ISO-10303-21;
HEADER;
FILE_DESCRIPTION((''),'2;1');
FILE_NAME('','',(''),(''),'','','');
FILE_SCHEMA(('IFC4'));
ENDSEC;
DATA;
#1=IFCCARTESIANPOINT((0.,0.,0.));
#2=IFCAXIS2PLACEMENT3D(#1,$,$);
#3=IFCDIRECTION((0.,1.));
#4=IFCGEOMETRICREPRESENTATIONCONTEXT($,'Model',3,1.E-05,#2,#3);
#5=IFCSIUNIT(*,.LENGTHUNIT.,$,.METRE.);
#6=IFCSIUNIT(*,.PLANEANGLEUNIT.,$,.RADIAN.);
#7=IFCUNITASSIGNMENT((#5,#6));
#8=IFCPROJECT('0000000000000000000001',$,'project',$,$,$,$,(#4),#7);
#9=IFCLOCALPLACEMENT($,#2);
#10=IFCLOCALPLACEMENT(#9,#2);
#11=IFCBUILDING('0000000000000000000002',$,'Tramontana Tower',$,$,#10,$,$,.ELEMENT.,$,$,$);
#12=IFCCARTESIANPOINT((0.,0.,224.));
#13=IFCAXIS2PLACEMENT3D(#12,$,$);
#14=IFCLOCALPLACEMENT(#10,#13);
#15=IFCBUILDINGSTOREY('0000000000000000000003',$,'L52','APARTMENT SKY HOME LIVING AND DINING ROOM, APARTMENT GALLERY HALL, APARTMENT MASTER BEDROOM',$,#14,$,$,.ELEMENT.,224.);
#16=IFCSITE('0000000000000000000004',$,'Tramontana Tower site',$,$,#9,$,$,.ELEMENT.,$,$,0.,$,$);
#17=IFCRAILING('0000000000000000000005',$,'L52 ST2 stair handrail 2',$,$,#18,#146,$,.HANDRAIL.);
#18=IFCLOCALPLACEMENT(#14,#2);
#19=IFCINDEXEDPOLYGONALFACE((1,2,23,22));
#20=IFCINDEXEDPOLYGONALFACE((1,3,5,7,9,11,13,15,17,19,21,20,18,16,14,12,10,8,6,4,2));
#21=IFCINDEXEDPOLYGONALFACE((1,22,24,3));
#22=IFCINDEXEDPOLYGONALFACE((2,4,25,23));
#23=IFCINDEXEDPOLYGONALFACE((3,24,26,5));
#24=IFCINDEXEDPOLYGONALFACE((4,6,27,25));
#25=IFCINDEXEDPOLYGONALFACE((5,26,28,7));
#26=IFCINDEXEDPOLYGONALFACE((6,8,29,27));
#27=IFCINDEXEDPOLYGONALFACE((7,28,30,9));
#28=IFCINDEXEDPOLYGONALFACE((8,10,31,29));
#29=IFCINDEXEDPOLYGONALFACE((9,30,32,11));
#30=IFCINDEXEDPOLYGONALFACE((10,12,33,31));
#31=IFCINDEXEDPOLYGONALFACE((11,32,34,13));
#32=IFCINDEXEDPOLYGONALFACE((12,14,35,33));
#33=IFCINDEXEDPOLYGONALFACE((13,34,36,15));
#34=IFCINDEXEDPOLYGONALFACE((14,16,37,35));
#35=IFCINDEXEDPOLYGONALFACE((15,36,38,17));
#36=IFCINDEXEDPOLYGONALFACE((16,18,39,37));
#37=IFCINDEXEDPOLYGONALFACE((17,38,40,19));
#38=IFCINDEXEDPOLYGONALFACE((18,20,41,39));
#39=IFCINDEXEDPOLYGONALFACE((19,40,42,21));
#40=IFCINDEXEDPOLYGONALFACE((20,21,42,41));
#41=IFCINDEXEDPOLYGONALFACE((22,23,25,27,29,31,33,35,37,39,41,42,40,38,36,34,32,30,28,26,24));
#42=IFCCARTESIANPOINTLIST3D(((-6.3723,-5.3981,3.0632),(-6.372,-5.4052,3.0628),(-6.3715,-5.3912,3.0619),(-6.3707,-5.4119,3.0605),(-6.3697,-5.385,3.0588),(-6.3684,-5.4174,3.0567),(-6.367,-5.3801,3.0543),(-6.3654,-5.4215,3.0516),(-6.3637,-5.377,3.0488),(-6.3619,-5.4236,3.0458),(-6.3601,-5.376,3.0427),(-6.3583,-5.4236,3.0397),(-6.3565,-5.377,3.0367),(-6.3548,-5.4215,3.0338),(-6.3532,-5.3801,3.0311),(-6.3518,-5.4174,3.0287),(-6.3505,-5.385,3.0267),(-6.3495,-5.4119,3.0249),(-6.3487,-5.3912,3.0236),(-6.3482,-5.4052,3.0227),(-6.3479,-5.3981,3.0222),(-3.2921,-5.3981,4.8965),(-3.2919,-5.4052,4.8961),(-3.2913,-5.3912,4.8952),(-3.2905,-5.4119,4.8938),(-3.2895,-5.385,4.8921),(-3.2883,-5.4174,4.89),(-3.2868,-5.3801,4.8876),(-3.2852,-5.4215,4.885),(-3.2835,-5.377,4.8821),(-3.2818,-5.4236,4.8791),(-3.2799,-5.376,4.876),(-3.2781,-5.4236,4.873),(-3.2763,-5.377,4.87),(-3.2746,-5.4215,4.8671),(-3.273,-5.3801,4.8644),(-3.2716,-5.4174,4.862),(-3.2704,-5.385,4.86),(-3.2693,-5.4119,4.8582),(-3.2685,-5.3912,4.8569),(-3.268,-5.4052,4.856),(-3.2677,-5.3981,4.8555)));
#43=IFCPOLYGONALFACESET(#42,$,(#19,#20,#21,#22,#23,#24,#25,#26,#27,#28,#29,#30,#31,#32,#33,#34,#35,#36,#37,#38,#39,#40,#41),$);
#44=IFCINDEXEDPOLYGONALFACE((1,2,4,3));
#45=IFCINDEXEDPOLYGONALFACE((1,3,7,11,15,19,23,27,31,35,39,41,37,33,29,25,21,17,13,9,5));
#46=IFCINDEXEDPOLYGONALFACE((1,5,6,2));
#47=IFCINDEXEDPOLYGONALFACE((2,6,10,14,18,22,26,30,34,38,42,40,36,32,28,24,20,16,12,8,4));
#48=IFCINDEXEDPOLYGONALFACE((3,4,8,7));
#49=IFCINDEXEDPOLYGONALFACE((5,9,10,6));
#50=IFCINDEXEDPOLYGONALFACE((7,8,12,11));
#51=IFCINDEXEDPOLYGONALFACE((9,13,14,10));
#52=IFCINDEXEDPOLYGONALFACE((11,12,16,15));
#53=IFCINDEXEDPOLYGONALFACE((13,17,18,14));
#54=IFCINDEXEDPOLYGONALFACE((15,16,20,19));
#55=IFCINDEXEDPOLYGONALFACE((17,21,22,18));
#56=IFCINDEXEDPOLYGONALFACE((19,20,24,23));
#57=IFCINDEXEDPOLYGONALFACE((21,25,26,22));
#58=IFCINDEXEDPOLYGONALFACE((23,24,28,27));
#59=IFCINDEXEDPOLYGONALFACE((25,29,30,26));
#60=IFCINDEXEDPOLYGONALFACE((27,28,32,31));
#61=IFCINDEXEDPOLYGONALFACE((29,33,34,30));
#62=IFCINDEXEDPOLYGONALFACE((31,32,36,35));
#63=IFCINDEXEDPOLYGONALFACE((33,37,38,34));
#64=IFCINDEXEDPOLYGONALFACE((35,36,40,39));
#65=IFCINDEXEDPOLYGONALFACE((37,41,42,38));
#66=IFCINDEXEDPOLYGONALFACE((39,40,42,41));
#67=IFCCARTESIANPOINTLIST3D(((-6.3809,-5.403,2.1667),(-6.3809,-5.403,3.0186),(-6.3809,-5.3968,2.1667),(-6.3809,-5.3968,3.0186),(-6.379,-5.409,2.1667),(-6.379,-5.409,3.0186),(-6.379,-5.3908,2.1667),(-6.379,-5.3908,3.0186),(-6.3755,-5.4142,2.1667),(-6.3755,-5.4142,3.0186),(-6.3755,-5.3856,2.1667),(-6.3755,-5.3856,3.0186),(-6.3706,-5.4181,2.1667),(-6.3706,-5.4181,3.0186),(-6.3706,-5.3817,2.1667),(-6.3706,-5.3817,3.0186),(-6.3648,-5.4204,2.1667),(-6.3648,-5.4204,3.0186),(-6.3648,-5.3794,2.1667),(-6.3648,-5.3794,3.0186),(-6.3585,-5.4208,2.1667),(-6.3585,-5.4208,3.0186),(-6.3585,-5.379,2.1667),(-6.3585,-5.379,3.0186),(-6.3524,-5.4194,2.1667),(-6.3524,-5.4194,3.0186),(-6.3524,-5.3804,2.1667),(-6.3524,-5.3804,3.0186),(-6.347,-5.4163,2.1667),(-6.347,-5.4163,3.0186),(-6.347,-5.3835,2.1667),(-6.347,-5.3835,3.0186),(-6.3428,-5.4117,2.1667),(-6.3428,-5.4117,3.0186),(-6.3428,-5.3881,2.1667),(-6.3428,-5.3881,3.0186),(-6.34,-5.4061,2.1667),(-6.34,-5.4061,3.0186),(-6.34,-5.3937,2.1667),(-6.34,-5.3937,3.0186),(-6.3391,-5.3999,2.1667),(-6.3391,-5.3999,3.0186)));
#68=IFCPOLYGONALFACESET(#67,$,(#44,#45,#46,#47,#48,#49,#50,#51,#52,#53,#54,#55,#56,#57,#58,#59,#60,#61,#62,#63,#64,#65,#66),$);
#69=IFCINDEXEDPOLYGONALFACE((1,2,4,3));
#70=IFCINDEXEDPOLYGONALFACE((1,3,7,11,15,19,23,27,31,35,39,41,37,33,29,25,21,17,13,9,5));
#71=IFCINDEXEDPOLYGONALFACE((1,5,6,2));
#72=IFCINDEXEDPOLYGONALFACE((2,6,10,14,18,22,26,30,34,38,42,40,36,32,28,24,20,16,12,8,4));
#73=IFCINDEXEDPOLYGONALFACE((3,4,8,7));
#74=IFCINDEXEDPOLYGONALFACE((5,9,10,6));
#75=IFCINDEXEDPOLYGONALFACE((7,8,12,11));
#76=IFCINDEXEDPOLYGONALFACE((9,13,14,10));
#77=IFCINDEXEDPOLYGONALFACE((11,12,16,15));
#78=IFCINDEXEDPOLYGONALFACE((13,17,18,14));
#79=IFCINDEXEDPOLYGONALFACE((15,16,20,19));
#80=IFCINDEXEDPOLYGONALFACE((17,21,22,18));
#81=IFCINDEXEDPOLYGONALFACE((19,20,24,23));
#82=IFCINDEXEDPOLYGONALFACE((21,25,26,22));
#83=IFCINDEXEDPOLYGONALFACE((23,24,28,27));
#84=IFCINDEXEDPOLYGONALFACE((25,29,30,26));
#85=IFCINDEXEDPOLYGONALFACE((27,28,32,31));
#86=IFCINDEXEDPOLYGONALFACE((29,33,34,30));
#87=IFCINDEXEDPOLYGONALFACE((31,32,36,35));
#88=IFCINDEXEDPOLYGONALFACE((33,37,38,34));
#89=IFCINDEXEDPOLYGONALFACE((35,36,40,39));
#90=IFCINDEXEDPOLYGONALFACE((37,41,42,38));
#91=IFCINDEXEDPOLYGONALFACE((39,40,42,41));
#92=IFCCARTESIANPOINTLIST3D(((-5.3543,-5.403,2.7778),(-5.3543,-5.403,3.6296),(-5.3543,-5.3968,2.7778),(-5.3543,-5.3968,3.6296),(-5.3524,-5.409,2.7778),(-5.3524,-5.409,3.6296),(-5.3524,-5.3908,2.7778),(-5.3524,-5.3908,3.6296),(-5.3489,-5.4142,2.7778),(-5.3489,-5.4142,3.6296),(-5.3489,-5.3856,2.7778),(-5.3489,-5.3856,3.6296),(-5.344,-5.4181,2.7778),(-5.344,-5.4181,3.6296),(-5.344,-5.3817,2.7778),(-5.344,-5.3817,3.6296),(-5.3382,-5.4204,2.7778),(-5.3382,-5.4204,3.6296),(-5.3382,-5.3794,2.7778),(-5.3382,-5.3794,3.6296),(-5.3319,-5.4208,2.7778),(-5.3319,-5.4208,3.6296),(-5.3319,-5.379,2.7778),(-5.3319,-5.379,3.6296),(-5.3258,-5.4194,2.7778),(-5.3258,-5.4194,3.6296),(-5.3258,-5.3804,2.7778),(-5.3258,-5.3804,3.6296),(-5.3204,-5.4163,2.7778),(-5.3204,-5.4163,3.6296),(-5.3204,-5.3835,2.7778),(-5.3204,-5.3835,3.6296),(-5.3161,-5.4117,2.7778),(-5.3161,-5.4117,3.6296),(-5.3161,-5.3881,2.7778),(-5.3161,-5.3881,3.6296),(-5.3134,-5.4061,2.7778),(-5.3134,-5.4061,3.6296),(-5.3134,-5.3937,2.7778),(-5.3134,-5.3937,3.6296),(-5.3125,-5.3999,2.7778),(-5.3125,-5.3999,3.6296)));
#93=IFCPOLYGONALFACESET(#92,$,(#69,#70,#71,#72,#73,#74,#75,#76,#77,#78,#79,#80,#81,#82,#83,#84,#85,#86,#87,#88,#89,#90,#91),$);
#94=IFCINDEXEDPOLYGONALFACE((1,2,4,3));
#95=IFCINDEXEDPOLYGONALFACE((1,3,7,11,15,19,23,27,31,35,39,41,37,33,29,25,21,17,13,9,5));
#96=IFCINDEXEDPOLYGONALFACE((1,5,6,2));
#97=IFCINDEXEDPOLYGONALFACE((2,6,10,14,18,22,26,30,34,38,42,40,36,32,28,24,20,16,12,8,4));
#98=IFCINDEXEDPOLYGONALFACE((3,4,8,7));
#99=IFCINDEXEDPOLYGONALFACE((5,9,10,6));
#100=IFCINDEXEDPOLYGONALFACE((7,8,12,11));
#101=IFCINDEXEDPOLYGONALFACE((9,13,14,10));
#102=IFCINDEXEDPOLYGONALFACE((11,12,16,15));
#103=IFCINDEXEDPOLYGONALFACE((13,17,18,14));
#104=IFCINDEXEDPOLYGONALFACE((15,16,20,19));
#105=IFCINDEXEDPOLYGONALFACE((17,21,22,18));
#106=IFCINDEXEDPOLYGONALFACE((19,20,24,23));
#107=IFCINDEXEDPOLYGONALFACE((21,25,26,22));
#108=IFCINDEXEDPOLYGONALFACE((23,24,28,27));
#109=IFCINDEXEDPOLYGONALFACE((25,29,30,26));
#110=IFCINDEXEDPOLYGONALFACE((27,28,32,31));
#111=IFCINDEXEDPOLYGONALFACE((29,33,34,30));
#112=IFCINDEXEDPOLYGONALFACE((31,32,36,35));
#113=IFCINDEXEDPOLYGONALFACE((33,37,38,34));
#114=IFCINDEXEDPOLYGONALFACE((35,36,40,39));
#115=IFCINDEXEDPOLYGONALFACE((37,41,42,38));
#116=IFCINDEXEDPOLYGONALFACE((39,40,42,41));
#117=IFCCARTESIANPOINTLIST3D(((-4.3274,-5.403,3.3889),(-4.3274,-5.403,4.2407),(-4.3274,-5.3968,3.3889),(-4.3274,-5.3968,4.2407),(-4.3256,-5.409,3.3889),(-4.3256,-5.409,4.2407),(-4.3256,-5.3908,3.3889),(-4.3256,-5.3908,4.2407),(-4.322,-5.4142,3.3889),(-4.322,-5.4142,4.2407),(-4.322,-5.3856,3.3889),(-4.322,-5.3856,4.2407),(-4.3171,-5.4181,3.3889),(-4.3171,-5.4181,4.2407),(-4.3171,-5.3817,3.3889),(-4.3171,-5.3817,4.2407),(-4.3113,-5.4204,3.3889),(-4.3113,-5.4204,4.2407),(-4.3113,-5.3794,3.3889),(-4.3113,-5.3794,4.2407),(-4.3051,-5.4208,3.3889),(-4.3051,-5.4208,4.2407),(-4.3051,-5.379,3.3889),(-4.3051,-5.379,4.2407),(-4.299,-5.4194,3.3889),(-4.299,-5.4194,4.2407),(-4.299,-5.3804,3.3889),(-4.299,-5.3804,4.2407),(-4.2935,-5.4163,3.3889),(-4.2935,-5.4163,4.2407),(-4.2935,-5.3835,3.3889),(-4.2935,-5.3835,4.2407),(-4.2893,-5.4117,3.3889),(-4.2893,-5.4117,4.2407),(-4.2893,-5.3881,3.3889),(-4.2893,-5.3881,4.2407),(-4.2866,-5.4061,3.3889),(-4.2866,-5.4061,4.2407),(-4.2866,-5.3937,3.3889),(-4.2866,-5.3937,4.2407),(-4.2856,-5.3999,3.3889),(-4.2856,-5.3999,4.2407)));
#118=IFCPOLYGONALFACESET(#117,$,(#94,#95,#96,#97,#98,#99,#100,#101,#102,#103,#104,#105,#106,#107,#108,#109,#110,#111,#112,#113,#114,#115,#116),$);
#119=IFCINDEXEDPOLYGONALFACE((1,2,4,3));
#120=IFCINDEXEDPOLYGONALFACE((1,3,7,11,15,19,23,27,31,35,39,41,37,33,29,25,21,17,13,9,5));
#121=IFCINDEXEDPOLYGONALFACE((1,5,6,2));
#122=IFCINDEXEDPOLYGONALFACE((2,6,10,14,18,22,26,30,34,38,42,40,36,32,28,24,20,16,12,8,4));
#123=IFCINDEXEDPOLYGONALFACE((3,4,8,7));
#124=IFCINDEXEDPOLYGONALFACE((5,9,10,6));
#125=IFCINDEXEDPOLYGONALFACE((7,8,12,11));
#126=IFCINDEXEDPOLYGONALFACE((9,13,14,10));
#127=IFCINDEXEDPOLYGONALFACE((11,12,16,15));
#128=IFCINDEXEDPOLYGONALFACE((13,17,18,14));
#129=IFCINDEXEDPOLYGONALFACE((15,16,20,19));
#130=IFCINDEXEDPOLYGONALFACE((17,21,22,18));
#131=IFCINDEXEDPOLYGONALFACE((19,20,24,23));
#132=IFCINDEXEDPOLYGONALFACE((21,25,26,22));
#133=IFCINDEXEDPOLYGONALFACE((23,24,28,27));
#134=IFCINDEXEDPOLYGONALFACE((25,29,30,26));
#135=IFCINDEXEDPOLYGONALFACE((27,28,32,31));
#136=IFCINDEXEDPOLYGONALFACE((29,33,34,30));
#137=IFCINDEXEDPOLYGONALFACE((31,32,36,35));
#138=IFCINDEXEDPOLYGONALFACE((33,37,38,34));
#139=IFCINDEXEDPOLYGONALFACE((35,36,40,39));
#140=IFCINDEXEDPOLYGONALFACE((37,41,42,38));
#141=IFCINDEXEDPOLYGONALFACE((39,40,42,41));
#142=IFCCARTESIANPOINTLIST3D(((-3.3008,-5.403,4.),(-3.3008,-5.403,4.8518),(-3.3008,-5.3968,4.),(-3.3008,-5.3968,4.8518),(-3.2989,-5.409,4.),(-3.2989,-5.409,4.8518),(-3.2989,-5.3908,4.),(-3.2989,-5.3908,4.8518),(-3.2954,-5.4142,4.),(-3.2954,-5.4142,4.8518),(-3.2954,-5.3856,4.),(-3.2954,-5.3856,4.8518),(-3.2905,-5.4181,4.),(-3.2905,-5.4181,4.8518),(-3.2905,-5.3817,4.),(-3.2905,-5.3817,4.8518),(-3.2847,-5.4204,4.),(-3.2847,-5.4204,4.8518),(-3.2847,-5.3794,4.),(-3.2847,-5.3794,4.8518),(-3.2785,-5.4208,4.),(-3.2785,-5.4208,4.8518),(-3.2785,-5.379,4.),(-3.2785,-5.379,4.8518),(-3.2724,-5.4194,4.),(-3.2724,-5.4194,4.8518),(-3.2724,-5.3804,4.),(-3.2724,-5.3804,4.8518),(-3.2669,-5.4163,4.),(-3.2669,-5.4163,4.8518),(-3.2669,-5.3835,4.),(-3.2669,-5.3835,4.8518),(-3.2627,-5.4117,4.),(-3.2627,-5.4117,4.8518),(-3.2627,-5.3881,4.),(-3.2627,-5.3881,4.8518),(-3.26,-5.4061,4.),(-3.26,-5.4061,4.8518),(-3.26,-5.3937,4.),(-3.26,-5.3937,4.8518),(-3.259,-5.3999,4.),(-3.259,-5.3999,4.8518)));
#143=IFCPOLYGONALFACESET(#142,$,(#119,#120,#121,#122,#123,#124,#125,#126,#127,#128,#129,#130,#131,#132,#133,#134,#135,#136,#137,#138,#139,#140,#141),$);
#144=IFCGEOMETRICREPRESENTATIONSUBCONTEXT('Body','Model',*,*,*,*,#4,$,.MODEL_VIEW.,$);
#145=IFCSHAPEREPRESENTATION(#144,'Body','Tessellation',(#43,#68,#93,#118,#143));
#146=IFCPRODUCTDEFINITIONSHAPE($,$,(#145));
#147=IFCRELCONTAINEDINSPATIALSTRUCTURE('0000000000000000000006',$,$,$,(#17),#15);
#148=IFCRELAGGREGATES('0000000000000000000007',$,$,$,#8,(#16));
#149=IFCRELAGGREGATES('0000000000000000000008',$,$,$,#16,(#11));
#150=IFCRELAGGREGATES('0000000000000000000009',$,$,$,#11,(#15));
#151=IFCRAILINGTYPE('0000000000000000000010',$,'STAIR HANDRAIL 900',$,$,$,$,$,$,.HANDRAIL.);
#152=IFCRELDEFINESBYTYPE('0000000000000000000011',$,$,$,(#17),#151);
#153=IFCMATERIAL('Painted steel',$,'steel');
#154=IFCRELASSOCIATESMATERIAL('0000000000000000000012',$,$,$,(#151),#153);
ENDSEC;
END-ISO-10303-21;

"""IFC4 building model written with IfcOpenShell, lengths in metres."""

from ifc_helpers import new_model, si_unit, direction, frame, origin, origin_2d, place, context, subcontext, project, spatial, circle, extrude, material, type_object, element, save


model = new_model("IFC4")

# Units and contexts
model_context = context("Model", 3, precision=1e-05, world=origin(), true_north=direction((0.0, 1.0)))
body_context = subcontext(model_context, "Body", "Model", "MODEL_VIEW")
ifc_project = project(units=[si_unit("LENGTHUNIT", "METRE"), si_unit("PLANEANGLEUNIT", "RADIAN")], contexts=[model_context])

# Site, building, storey
site_placement = place(None, origin())
site = spatial("IfcSite", under=ifc_project, at=site_placement, Name="Tramontana Tower site", CompositionType="ELEMENT", RefElevation=0.0)
building_placement = place(site_placement, origin())
building = spatial("IfcBuilding", under=site, at=building_placement, Name="Tramontana Tower", CompositionType="ELEMENT")
storey_placement = place(building_placement, frame((0.0, 0.0, 224.0)))
storey = spatial("IfcBuildingStorey", under=building, at=storey_placement, Name="L52", Description="APARTMENT SKY HOME LIVING AND DINING ROOM, APARTMENT GALLERY HALL, APARTMENT MASTER BEDROOM", CompositionType="ELEMENT", Elevation=224.0)

# Railing
ifc_material_1 = material(Name="Painted steel", Category="steel")
railing_type_1 = type_object("IfcRailingType", Name="STAIR HANDRAIL 900", PredefinedType="HANDRAIL", material=ifc_material_1)
railing_1_placement = place(storey_placement, frame((-6.3601, -5.3999, 2.1667)))
element("IfcRailing", 1, at=railing_1_placement, inside=storey, type_object=railing_type_1, Name="L52 ST2 stair handrail 2", PredefinedType="HANDRAIL", context=body_context, shape_type="SweptSolid", body=[
    extrude(circle(Radius=0.0239, at=origin_2d()), frame((0.0, 0.0, 0.876), z_axis=(0.859309, 0.0, 0.511458), x_axis=(0.0, 1.0, 0.0)), (0.0, 0.0, 1.0), 3.5845),
    extrude(circle(Radius=0.021, at=origin_2d()), origin(), (0.0, 0.0, 1.0), 0.8518),
    extrude(circle(Radius=0.021, at=origin_2d()), frame((1.0266, 0.0, 0.6111)), (0.0, 0.0, 1.0), 0.8518),
    extrude(circle(Radius=0.021, at=origin_2d()), frame((2.0535, 0.0, 1.2222)), (0.0, 0.0, 1.0), 0.8518),
    extrude(circle(Radius=0.021, at=origin_2d()), frame((3.0801, 0.0, 1.8333)), (0.0, 0.0, 1.0), 0.8518),
])

save(model, "model.ifc")
